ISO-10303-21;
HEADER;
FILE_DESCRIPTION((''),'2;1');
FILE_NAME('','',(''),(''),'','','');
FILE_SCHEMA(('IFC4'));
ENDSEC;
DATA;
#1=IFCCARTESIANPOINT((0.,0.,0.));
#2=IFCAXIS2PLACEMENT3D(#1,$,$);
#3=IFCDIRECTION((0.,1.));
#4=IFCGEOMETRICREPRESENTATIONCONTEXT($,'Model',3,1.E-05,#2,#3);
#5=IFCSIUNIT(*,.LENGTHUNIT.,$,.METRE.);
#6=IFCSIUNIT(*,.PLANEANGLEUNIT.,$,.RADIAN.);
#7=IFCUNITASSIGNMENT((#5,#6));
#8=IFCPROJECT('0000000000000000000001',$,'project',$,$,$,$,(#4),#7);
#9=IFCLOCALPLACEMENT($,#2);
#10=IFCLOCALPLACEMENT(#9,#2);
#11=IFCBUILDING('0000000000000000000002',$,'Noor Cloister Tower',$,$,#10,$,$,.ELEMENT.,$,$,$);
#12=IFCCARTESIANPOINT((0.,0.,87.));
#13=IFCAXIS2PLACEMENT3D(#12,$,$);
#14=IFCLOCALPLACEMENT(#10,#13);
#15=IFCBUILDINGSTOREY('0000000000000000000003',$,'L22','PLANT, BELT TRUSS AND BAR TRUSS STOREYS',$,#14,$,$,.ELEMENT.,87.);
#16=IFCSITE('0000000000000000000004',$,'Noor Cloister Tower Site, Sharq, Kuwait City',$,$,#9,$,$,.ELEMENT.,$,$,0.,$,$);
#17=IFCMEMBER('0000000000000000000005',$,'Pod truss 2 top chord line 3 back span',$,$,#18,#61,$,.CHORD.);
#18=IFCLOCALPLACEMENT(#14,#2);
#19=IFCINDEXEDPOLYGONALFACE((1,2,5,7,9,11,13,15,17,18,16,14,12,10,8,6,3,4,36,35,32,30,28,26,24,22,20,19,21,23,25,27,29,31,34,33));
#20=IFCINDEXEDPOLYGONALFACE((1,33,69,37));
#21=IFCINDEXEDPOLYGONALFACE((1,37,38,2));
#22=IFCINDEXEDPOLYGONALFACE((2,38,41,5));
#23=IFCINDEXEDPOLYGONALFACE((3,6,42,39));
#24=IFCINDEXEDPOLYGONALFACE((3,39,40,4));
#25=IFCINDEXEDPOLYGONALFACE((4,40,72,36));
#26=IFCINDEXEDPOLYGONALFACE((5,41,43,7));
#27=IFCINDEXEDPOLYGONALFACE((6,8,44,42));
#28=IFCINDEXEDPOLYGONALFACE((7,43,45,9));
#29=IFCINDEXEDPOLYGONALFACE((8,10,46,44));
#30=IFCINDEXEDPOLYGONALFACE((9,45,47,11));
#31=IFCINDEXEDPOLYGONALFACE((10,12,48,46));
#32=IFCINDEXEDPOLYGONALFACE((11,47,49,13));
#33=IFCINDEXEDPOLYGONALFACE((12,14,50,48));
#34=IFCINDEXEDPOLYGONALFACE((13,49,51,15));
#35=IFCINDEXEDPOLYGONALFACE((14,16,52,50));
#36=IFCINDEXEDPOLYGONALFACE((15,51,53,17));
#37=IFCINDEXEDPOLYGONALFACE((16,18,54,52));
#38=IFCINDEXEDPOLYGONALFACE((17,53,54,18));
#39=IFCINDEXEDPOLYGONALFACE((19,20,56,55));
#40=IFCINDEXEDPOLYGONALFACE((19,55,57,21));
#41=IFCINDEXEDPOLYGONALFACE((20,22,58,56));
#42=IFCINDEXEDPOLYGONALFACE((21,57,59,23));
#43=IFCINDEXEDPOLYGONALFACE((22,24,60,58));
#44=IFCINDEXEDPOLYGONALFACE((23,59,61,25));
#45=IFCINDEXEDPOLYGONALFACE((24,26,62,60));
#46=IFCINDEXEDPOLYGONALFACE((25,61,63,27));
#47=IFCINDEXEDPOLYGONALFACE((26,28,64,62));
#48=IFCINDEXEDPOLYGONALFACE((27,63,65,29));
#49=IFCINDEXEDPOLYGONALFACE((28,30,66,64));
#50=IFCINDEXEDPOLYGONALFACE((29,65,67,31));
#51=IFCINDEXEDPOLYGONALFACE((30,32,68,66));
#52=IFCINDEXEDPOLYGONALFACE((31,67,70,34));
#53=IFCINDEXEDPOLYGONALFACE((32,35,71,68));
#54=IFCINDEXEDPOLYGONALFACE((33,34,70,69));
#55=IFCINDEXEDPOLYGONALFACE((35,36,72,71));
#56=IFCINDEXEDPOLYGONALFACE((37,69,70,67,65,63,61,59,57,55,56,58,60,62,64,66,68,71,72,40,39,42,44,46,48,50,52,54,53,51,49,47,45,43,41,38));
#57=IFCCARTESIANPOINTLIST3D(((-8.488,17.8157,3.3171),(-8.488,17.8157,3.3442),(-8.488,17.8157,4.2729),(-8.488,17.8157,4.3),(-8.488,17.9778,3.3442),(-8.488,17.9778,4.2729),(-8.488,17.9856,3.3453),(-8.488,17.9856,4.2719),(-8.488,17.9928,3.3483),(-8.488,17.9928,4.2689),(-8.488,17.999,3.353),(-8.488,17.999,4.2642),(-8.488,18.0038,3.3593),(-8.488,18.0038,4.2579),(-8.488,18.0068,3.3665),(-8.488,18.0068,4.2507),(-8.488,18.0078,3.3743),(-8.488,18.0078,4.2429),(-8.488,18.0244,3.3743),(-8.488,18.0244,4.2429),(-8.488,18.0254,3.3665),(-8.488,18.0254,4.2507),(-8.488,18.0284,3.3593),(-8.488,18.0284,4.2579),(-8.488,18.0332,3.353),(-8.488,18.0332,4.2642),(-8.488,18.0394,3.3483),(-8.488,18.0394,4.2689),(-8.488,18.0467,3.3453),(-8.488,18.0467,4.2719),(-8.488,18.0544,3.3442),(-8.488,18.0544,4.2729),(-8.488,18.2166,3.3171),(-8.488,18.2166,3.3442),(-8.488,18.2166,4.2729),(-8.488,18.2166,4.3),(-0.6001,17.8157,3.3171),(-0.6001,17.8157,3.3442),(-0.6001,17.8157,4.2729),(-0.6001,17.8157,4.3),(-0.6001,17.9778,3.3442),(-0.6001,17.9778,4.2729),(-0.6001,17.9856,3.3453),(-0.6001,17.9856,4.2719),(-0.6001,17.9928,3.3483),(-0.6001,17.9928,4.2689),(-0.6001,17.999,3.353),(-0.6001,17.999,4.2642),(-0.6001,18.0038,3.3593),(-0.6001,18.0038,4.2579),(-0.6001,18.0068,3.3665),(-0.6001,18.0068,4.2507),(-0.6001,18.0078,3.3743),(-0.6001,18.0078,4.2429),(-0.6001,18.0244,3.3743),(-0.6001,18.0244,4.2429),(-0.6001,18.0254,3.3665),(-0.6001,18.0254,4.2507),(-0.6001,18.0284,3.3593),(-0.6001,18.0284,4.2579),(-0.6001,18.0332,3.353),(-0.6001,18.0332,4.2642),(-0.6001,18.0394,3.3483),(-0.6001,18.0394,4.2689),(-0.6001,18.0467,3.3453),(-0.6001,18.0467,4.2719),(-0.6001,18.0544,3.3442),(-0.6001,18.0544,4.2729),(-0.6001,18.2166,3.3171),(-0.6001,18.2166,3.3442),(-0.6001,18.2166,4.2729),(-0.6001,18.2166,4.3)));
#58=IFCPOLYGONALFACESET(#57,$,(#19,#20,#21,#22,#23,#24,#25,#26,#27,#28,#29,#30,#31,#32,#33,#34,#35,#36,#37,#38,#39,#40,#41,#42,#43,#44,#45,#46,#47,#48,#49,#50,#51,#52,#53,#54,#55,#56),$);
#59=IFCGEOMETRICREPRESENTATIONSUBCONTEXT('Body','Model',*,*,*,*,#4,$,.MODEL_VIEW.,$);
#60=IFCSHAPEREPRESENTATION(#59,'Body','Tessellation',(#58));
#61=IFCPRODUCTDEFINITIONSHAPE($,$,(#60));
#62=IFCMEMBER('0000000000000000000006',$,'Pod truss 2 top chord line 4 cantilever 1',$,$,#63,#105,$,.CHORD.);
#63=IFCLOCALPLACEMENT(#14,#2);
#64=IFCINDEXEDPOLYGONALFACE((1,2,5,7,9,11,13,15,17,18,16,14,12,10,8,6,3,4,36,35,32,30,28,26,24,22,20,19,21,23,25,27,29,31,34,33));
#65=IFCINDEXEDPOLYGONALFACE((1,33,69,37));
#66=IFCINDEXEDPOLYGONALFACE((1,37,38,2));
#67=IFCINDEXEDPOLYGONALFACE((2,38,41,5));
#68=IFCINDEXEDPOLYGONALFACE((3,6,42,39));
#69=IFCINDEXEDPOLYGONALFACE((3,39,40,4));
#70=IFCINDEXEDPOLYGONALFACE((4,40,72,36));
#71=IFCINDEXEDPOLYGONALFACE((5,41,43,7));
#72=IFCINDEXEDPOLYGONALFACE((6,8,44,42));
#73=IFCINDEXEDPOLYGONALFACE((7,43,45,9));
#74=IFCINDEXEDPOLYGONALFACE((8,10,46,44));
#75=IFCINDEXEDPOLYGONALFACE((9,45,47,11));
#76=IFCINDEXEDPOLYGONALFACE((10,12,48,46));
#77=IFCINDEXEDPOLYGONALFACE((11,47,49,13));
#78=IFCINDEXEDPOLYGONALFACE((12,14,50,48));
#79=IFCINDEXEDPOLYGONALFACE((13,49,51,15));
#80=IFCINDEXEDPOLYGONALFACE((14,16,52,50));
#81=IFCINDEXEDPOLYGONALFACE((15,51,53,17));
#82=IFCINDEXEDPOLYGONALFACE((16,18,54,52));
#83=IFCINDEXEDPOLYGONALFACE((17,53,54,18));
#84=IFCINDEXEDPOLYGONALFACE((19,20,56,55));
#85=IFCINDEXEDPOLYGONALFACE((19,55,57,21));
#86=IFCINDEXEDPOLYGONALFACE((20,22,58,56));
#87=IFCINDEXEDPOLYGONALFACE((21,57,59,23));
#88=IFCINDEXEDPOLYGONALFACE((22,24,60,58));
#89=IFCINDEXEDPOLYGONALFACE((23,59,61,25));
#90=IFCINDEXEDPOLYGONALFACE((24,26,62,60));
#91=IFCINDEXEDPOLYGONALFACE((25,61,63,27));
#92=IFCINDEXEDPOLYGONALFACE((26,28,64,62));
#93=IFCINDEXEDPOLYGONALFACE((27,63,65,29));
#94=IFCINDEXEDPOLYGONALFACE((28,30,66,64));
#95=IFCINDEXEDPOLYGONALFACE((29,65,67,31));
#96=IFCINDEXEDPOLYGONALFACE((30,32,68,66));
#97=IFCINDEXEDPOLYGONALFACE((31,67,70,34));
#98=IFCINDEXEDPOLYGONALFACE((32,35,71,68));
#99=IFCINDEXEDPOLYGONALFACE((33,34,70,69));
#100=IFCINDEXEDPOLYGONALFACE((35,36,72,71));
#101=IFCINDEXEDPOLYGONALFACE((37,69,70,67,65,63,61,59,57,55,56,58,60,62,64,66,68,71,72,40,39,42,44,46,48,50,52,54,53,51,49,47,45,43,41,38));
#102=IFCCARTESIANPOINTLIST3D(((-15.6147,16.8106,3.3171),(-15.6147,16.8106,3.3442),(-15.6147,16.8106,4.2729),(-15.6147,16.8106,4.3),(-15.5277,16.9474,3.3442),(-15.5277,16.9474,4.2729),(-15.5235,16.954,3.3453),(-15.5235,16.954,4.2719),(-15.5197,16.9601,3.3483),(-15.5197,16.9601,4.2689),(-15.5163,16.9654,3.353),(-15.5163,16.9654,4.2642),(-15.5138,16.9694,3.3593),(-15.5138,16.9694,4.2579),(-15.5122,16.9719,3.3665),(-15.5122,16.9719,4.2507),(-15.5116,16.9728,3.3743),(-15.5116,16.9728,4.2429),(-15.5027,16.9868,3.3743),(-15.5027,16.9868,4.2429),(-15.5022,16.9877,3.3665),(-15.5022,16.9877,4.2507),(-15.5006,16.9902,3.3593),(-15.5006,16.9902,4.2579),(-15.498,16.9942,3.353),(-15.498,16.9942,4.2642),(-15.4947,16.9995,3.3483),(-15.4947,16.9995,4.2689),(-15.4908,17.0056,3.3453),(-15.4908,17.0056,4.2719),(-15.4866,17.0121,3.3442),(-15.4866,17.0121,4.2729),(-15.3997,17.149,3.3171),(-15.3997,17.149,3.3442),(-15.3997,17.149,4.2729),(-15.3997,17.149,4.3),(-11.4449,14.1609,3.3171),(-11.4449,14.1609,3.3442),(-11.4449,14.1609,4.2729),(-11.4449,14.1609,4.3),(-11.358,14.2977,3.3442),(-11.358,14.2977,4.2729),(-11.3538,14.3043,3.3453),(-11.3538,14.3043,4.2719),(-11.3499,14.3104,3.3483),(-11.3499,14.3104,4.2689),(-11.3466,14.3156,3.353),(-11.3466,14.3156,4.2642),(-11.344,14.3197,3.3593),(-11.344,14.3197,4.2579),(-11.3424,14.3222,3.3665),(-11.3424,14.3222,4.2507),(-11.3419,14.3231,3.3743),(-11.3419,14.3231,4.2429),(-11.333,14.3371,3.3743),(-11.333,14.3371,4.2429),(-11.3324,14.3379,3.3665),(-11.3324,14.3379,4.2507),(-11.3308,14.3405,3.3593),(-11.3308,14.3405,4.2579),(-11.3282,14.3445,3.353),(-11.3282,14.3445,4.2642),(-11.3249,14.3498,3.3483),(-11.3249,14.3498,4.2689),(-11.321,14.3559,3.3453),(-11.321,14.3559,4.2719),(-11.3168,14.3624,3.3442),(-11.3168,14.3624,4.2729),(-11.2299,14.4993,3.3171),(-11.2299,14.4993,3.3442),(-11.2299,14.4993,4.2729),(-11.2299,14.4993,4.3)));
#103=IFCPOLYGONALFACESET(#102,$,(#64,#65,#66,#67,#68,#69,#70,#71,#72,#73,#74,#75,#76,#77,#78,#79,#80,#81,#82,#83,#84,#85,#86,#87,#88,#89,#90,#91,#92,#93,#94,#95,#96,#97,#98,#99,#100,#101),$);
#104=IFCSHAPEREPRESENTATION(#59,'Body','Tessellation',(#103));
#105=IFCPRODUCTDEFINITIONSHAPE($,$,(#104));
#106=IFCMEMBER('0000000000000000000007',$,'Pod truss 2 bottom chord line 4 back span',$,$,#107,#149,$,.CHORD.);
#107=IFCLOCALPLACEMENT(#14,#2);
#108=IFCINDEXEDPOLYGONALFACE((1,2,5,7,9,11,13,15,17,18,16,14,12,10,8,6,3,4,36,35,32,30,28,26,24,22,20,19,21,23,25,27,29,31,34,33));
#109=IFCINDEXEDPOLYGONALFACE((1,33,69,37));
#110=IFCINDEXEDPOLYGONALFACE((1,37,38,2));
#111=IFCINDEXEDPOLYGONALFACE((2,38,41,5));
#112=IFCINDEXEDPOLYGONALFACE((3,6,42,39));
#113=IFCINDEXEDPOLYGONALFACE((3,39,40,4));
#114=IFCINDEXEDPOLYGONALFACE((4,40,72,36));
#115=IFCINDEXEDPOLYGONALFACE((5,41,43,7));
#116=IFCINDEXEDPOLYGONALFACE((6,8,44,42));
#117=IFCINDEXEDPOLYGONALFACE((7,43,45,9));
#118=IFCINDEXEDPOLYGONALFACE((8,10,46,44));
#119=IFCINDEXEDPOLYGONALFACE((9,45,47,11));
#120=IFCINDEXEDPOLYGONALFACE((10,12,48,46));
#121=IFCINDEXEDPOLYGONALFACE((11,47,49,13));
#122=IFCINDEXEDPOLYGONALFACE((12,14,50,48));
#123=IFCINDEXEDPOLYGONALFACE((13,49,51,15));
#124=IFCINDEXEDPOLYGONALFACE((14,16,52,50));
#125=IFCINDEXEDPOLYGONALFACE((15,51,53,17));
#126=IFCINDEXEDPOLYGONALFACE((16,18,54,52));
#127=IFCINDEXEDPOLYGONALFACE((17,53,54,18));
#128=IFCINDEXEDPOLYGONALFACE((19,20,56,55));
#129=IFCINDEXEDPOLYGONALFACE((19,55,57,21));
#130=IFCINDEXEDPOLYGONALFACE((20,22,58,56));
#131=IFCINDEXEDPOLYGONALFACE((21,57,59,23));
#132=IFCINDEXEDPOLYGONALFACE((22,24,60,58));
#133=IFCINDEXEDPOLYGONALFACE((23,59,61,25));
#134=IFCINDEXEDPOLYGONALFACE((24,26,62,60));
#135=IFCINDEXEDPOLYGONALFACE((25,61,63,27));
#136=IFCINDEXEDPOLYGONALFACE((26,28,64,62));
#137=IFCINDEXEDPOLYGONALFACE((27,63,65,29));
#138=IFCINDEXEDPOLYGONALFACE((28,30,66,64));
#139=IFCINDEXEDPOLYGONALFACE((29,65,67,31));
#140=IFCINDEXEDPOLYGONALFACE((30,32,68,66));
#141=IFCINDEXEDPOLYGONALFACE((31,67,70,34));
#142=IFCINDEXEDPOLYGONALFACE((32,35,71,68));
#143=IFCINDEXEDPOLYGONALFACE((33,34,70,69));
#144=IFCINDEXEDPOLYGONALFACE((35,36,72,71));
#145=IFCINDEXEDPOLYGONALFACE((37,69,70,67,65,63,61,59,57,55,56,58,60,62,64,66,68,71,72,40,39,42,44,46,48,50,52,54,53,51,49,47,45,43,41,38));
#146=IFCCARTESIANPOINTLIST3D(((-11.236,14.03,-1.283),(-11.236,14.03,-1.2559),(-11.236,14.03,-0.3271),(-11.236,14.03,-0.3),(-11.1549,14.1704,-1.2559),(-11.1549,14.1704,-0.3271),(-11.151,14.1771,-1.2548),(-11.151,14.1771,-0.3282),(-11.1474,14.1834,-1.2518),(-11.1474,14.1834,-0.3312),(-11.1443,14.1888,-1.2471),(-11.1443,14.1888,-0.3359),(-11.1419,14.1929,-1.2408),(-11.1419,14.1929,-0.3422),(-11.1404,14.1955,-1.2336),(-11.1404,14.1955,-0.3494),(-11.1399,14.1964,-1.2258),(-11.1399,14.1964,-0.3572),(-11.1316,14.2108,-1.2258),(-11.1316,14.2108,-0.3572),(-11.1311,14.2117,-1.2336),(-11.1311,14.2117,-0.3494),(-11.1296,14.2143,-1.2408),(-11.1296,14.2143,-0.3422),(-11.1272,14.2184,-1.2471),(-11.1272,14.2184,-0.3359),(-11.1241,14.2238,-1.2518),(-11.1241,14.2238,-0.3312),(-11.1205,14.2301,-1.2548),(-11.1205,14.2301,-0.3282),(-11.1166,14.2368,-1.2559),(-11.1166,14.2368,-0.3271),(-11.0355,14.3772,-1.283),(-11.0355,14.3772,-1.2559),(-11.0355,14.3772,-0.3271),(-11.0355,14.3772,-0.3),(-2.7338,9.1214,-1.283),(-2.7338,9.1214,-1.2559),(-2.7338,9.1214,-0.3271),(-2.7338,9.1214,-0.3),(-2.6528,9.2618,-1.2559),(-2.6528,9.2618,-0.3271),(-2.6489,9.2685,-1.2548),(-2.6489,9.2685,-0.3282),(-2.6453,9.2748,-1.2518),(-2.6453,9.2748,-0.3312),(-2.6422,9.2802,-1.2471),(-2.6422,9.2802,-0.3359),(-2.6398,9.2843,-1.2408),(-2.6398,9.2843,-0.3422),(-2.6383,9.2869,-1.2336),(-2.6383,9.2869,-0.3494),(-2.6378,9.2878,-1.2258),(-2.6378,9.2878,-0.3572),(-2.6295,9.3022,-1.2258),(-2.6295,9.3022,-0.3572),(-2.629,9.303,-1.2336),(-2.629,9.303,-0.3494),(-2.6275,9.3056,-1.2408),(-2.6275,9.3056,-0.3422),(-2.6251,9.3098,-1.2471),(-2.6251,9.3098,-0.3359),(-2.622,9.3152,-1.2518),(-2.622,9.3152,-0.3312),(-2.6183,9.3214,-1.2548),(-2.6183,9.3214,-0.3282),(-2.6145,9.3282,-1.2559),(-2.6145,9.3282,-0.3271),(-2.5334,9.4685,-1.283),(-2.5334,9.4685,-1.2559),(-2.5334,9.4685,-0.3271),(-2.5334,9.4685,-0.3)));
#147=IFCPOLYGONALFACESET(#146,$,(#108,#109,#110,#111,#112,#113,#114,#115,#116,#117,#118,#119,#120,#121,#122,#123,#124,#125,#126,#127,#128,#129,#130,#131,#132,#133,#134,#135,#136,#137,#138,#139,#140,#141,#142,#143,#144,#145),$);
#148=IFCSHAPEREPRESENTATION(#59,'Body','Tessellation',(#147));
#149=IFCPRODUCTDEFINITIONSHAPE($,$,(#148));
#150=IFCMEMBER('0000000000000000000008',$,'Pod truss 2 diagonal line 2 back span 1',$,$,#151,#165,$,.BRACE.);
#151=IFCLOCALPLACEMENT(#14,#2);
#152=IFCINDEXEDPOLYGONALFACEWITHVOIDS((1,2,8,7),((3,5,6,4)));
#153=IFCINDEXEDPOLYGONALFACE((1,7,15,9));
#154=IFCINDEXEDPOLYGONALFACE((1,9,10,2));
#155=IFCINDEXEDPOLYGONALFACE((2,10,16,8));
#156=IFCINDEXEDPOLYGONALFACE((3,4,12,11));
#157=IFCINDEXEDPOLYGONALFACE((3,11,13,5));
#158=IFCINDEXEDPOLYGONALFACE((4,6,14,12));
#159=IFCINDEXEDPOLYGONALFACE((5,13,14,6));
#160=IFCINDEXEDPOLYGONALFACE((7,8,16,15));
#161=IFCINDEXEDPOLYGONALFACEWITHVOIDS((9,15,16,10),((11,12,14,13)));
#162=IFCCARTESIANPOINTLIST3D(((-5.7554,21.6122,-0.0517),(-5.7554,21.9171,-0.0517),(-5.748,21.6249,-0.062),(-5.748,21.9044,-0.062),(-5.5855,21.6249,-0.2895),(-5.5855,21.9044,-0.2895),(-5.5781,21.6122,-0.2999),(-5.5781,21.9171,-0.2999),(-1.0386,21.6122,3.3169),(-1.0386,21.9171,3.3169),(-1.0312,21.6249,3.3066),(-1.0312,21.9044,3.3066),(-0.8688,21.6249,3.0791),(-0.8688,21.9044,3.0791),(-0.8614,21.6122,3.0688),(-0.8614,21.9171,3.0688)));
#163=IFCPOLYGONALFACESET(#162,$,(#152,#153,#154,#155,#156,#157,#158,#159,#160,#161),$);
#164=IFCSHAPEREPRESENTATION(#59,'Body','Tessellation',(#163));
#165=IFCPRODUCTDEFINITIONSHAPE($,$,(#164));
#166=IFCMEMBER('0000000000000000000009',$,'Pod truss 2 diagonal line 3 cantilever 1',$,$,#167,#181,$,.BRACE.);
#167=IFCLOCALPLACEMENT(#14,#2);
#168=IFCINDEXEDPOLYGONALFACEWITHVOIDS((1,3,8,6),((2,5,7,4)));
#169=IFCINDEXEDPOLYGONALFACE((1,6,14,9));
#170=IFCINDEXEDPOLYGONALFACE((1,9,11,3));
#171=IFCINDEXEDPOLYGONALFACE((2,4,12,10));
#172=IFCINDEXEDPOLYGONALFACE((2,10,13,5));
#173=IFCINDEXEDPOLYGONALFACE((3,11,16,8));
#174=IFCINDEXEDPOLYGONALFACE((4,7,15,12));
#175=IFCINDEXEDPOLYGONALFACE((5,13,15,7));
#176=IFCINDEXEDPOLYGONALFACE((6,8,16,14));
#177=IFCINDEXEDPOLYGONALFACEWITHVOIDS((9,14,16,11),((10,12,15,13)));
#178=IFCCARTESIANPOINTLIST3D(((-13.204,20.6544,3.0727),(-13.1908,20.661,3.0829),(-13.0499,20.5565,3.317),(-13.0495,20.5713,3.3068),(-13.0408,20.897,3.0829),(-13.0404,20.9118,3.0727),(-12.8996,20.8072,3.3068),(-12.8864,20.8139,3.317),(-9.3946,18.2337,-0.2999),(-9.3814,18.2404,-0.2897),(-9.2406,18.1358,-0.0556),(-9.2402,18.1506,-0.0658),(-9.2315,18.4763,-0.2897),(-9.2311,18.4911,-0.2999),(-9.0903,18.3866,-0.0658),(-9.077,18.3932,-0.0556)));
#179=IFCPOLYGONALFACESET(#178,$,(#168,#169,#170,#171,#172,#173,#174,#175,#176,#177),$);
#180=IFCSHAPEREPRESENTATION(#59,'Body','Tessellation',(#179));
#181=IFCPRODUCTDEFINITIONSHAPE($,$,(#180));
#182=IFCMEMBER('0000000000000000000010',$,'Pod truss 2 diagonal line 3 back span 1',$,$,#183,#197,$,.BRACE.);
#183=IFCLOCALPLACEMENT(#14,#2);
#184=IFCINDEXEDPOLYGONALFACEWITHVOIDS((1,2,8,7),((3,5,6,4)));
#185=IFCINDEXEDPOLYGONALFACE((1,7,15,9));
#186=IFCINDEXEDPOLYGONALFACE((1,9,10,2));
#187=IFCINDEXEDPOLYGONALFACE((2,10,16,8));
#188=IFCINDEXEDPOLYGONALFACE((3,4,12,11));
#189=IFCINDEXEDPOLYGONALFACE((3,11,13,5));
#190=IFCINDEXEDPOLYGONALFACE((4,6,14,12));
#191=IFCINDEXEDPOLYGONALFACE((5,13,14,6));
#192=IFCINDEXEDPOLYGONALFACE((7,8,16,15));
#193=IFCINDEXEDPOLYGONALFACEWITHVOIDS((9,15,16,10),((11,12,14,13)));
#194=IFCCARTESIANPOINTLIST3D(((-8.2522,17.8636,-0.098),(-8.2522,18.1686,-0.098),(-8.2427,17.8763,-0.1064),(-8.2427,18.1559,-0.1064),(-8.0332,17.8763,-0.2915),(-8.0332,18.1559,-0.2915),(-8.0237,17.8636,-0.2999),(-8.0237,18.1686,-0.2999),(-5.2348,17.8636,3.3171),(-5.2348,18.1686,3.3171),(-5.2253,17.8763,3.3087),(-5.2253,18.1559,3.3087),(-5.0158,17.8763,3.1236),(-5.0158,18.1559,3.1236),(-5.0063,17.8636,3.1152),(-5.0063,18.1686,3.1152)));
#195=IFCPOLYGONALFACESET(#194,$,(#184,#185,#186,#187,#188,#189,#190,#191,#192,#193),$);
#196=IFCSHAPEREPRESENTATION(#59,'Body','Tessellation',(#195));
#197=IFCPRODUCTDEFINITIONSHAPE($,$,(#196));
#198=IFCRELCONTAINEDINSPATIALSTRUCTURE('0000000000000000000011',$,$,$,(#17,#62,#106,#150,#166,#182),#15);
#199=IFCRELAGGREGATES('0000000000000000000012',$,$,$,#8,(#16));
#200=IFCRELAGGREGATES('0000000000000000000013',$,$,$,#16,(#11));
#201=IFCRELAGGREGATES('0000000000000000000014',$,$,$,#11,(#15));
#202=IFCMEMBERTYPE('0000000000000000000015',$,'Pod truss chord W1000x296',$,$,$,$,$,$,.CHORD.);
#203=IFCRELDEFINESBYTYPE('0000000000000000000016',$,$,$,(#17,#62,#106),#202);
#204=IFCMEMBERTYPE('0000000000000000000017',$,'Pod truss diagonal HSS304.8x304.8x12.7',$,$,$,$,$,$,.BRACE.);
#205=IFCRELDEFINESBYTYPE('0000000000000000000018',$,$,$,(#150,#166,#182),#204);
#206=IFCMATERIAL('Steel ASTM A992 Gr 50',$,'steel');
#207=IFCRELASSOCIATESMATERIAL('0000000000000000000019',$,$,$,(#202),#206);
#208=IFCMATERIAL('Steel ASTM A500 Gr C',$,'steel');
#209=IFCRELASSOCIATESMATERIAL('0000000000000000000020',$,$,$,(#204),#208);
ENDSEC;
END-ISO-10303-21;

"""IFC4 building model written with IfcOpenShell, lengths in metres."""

from ifc_helpers import new_model, si_unit, direction, frame, origin, origin_2d, place, context, subcontext, project, spatial, hollow_rectangle, i_section, extrude, material, material_profile, profile_set, type_object, element, save


model = new_model("IFC4")

# Units and contexts
model_context = context("Model", 3, precision=1e-05, world=origin(), true_north=direction((0.0, 1.0)))
body_context = subcontext(model_context, "Body", "Model", "MODEL_VIEW")
ifc_project = project(units=[si_unit("LENGTHUNIT", "METRE"), si_unit("PLANEANGLEUNIT", "RADIAN")], contexts=[model_context])

# Site, building, storey
site_placement = place(None, origin())
site = spatial("IfcSite", under=ifc_project, at=site_placement, Name="Noor Cloister Tower Site, Sharq, Kuwait City", CompositionType="ELEMENT", RefElevation=0.0)
building_placement = place(site_placement, origin())
building = spatial("IfcBuilding", under=site, at=building_placement, Name="Noor Cloister Tower", CompositionType="ELEMENT")
storey_placement = place(building_placement, frame((0.0, 0.0, 87.0)))
storey = spatial("IfcBuildingStorey", under=building, at=storey_placement, Name="L22", Description="PLANT, BELT TRUSS AND BAR TRUSS STOREYS", CompositionType="ELEMENT", Elevation=87.0)

# Members
ifc_material_1 = material(Name="Steel ASTM A992 Gr 50", Category="steel")
ifc_material_profile_1 = material_profile(ifc_material_1, i_section(OverallWidth=0.4009, OverallDepth=0.9829, WebThickness=0.0166, FlangeThickness=0.0271, FilletRadius=0.03, at=origin_2d()), Name="W1000x296")
ifc_profile_set_1 = profile_set([ifc_material_profile_1], Name="Steel ASTM A992 Gr 50")
member_type_1 = type_object("IfcMemberType", Name="Pod truss chord W1000x296", PredefinedType="CHORD", material=ifc_profile_set_1)
member_1_placement = place(storey_placement, frame((-8.488, 18.0161, 3.8086), z_axis=(1.0, 0.0, 0.0), x_axis=(0.0, 1.0, 0.0)))
element("IfcMember", 1, at=member_1_placement, inside=storey, type_object=member_type_1, Name="Pod truss 2 top chord line 3 back span", PredefinedType="CHORD", context=body_context, shape_type="SweptSolid", body=[
    extrude(i_section(OverallWidth=0.4009, OverallDepth=0.9829, WebThickness=0.0166, FlangeThickness=0.0271, FilletRadius=0.03, at=origin_2d()), origin(), (0.0, 0.0, 1.0), 7.8879),
])
member_2_placement = place(storey_placement, frame((-11.3374, 14.3301, 3.8086), z_axis=(-0.844007, 0.536332, 0.0), x_axis=(-0.536332, -0.844007, 0.0)))
element("IfcMember", 2, at=member_2_placement, inside=storey, type_object=member_type_1, Name="Pod truss 2 top chord line 4 cantilever 1", PredefinedType="CHORD", context=body_context, shape_type="SweptSolid", body=[
    extrude(i_section(OverallWidth=0.4009, OverallDepth=0.9829, WebThickness=0.0166, FlangeThickness=0.0271, FilletRadius=0.03, at=origin_2d()), origin(), (0.0, 0.0, 1.0), 4.9404),
])
member_3_placement = place(storey_placement, frame((-11.1357, 14.2036, -0.7915), z_axis=(0.866028, -0.499996, 0.0), x_axis=(0.499996, 0.866028, 0.0)))
element("IfcMember", 3, at=member_3_placement, inside=storey, type_object=member_type_1, Name="Pod truss 2 bottom chord line 4 back span", PredefinedType="CHORD", context=body_context, shape_type="SweptSolid", body=[
    extrude(i_section(OverallWidth=0.4009, OverallDepth=0.9829, WebThickness=0.0166, FlangeThickness=0.0271, FilletRadius=0.03, at=origin_2d()), origin(), (0.0, 0.0, 1.0), 9.8174),
])
ifc_material_2 = material(Name="Steel ASTM A500 Gr C", Category="steel")
ifc_material_profile_2 = material_profile(ifc_material_2, hollow_rectangle(XDim=0.3049, YDim=0.3049, WallThickness=0.0127, at=origin_2d()), Name="HSS304.8x304.8x12.7")
ifc_profile_set_2 = profile_set([ifc_material_profile_2], Name="Steel ASTM A500 Gr C")
member_type_2 = type_object("IfcMemberType", Name="Pod truss diagonal HSS304.8x304.8x12.7", PredefinedType="BRACE", material=ifc_profile_set_2)
member_4_placement = place(storey_placement, frame((-5.6667, 21.7646, -0.1758), z_axis=(0.813773, 0.0, 0.581182), x_axis=(0.0, 1.0, 0.0)))
element("IfcMember", 4, at=member_4_placement, inside=storey, type_object=member_type_2, Name="Pod truss 2 diagonal line 2 back span 1", PredefinedType="BRACE", context=body_context, shape_type="SweptSolid", body=[
    extrude(hollow_rectangle(XDim=0.3049, YDim=0.3049, WallThickness=0.0127, at=origin_2d()), origin(), (0.0, 0.0, 1.0), 5.7961),
])
member_5_placement = place(storey_placement, frame((-9.2358, 18.3135, -0.1777), z_axis=(-0.676103, 0.429633, 0.598582), x_axis=(-0.536329, -0.844009, 0.0)))
element("IfcMember", 5, at=member_5_placement, inside=storey, type_object=member_type_2, Name="Pod truss 2 diagonal line 3 cantilever 1", PredefinedType="BRACE", context=body_context, shape_type="SweptSolid", body=[
    extrude(hollow_rectangle(XDim=0.3049, YDim=0.3049, WallThickness=0.0127, at=origin_2d()), origin(), (0.0, 0.0, 1.0), 5.6343),
])
member_6_placement = place(storey_placement, frame((-8.1379, 18.0161, -0.199), z_axis=(0.662123, 0.0, 0.749395), x_axis=(0.0, 1.0, 0.0)))
element("IfcMember", 6, at=member_6_placement, inside=storey, type_object=member_type_2, Name="Pod truss 2 diagonal line 3 back span 1", PredefinedType="BRACE", context=body_context, shape_type="SweptSolid", body=[
    extrude(hollow_rectangle(XDim=0.3049, YDim=0.3049, WallThickness=0.0127, at=origin_2d()), origin(), (0.0, 0.0, 1.0), 4.5571),
])

save(model, "model.ifc")
